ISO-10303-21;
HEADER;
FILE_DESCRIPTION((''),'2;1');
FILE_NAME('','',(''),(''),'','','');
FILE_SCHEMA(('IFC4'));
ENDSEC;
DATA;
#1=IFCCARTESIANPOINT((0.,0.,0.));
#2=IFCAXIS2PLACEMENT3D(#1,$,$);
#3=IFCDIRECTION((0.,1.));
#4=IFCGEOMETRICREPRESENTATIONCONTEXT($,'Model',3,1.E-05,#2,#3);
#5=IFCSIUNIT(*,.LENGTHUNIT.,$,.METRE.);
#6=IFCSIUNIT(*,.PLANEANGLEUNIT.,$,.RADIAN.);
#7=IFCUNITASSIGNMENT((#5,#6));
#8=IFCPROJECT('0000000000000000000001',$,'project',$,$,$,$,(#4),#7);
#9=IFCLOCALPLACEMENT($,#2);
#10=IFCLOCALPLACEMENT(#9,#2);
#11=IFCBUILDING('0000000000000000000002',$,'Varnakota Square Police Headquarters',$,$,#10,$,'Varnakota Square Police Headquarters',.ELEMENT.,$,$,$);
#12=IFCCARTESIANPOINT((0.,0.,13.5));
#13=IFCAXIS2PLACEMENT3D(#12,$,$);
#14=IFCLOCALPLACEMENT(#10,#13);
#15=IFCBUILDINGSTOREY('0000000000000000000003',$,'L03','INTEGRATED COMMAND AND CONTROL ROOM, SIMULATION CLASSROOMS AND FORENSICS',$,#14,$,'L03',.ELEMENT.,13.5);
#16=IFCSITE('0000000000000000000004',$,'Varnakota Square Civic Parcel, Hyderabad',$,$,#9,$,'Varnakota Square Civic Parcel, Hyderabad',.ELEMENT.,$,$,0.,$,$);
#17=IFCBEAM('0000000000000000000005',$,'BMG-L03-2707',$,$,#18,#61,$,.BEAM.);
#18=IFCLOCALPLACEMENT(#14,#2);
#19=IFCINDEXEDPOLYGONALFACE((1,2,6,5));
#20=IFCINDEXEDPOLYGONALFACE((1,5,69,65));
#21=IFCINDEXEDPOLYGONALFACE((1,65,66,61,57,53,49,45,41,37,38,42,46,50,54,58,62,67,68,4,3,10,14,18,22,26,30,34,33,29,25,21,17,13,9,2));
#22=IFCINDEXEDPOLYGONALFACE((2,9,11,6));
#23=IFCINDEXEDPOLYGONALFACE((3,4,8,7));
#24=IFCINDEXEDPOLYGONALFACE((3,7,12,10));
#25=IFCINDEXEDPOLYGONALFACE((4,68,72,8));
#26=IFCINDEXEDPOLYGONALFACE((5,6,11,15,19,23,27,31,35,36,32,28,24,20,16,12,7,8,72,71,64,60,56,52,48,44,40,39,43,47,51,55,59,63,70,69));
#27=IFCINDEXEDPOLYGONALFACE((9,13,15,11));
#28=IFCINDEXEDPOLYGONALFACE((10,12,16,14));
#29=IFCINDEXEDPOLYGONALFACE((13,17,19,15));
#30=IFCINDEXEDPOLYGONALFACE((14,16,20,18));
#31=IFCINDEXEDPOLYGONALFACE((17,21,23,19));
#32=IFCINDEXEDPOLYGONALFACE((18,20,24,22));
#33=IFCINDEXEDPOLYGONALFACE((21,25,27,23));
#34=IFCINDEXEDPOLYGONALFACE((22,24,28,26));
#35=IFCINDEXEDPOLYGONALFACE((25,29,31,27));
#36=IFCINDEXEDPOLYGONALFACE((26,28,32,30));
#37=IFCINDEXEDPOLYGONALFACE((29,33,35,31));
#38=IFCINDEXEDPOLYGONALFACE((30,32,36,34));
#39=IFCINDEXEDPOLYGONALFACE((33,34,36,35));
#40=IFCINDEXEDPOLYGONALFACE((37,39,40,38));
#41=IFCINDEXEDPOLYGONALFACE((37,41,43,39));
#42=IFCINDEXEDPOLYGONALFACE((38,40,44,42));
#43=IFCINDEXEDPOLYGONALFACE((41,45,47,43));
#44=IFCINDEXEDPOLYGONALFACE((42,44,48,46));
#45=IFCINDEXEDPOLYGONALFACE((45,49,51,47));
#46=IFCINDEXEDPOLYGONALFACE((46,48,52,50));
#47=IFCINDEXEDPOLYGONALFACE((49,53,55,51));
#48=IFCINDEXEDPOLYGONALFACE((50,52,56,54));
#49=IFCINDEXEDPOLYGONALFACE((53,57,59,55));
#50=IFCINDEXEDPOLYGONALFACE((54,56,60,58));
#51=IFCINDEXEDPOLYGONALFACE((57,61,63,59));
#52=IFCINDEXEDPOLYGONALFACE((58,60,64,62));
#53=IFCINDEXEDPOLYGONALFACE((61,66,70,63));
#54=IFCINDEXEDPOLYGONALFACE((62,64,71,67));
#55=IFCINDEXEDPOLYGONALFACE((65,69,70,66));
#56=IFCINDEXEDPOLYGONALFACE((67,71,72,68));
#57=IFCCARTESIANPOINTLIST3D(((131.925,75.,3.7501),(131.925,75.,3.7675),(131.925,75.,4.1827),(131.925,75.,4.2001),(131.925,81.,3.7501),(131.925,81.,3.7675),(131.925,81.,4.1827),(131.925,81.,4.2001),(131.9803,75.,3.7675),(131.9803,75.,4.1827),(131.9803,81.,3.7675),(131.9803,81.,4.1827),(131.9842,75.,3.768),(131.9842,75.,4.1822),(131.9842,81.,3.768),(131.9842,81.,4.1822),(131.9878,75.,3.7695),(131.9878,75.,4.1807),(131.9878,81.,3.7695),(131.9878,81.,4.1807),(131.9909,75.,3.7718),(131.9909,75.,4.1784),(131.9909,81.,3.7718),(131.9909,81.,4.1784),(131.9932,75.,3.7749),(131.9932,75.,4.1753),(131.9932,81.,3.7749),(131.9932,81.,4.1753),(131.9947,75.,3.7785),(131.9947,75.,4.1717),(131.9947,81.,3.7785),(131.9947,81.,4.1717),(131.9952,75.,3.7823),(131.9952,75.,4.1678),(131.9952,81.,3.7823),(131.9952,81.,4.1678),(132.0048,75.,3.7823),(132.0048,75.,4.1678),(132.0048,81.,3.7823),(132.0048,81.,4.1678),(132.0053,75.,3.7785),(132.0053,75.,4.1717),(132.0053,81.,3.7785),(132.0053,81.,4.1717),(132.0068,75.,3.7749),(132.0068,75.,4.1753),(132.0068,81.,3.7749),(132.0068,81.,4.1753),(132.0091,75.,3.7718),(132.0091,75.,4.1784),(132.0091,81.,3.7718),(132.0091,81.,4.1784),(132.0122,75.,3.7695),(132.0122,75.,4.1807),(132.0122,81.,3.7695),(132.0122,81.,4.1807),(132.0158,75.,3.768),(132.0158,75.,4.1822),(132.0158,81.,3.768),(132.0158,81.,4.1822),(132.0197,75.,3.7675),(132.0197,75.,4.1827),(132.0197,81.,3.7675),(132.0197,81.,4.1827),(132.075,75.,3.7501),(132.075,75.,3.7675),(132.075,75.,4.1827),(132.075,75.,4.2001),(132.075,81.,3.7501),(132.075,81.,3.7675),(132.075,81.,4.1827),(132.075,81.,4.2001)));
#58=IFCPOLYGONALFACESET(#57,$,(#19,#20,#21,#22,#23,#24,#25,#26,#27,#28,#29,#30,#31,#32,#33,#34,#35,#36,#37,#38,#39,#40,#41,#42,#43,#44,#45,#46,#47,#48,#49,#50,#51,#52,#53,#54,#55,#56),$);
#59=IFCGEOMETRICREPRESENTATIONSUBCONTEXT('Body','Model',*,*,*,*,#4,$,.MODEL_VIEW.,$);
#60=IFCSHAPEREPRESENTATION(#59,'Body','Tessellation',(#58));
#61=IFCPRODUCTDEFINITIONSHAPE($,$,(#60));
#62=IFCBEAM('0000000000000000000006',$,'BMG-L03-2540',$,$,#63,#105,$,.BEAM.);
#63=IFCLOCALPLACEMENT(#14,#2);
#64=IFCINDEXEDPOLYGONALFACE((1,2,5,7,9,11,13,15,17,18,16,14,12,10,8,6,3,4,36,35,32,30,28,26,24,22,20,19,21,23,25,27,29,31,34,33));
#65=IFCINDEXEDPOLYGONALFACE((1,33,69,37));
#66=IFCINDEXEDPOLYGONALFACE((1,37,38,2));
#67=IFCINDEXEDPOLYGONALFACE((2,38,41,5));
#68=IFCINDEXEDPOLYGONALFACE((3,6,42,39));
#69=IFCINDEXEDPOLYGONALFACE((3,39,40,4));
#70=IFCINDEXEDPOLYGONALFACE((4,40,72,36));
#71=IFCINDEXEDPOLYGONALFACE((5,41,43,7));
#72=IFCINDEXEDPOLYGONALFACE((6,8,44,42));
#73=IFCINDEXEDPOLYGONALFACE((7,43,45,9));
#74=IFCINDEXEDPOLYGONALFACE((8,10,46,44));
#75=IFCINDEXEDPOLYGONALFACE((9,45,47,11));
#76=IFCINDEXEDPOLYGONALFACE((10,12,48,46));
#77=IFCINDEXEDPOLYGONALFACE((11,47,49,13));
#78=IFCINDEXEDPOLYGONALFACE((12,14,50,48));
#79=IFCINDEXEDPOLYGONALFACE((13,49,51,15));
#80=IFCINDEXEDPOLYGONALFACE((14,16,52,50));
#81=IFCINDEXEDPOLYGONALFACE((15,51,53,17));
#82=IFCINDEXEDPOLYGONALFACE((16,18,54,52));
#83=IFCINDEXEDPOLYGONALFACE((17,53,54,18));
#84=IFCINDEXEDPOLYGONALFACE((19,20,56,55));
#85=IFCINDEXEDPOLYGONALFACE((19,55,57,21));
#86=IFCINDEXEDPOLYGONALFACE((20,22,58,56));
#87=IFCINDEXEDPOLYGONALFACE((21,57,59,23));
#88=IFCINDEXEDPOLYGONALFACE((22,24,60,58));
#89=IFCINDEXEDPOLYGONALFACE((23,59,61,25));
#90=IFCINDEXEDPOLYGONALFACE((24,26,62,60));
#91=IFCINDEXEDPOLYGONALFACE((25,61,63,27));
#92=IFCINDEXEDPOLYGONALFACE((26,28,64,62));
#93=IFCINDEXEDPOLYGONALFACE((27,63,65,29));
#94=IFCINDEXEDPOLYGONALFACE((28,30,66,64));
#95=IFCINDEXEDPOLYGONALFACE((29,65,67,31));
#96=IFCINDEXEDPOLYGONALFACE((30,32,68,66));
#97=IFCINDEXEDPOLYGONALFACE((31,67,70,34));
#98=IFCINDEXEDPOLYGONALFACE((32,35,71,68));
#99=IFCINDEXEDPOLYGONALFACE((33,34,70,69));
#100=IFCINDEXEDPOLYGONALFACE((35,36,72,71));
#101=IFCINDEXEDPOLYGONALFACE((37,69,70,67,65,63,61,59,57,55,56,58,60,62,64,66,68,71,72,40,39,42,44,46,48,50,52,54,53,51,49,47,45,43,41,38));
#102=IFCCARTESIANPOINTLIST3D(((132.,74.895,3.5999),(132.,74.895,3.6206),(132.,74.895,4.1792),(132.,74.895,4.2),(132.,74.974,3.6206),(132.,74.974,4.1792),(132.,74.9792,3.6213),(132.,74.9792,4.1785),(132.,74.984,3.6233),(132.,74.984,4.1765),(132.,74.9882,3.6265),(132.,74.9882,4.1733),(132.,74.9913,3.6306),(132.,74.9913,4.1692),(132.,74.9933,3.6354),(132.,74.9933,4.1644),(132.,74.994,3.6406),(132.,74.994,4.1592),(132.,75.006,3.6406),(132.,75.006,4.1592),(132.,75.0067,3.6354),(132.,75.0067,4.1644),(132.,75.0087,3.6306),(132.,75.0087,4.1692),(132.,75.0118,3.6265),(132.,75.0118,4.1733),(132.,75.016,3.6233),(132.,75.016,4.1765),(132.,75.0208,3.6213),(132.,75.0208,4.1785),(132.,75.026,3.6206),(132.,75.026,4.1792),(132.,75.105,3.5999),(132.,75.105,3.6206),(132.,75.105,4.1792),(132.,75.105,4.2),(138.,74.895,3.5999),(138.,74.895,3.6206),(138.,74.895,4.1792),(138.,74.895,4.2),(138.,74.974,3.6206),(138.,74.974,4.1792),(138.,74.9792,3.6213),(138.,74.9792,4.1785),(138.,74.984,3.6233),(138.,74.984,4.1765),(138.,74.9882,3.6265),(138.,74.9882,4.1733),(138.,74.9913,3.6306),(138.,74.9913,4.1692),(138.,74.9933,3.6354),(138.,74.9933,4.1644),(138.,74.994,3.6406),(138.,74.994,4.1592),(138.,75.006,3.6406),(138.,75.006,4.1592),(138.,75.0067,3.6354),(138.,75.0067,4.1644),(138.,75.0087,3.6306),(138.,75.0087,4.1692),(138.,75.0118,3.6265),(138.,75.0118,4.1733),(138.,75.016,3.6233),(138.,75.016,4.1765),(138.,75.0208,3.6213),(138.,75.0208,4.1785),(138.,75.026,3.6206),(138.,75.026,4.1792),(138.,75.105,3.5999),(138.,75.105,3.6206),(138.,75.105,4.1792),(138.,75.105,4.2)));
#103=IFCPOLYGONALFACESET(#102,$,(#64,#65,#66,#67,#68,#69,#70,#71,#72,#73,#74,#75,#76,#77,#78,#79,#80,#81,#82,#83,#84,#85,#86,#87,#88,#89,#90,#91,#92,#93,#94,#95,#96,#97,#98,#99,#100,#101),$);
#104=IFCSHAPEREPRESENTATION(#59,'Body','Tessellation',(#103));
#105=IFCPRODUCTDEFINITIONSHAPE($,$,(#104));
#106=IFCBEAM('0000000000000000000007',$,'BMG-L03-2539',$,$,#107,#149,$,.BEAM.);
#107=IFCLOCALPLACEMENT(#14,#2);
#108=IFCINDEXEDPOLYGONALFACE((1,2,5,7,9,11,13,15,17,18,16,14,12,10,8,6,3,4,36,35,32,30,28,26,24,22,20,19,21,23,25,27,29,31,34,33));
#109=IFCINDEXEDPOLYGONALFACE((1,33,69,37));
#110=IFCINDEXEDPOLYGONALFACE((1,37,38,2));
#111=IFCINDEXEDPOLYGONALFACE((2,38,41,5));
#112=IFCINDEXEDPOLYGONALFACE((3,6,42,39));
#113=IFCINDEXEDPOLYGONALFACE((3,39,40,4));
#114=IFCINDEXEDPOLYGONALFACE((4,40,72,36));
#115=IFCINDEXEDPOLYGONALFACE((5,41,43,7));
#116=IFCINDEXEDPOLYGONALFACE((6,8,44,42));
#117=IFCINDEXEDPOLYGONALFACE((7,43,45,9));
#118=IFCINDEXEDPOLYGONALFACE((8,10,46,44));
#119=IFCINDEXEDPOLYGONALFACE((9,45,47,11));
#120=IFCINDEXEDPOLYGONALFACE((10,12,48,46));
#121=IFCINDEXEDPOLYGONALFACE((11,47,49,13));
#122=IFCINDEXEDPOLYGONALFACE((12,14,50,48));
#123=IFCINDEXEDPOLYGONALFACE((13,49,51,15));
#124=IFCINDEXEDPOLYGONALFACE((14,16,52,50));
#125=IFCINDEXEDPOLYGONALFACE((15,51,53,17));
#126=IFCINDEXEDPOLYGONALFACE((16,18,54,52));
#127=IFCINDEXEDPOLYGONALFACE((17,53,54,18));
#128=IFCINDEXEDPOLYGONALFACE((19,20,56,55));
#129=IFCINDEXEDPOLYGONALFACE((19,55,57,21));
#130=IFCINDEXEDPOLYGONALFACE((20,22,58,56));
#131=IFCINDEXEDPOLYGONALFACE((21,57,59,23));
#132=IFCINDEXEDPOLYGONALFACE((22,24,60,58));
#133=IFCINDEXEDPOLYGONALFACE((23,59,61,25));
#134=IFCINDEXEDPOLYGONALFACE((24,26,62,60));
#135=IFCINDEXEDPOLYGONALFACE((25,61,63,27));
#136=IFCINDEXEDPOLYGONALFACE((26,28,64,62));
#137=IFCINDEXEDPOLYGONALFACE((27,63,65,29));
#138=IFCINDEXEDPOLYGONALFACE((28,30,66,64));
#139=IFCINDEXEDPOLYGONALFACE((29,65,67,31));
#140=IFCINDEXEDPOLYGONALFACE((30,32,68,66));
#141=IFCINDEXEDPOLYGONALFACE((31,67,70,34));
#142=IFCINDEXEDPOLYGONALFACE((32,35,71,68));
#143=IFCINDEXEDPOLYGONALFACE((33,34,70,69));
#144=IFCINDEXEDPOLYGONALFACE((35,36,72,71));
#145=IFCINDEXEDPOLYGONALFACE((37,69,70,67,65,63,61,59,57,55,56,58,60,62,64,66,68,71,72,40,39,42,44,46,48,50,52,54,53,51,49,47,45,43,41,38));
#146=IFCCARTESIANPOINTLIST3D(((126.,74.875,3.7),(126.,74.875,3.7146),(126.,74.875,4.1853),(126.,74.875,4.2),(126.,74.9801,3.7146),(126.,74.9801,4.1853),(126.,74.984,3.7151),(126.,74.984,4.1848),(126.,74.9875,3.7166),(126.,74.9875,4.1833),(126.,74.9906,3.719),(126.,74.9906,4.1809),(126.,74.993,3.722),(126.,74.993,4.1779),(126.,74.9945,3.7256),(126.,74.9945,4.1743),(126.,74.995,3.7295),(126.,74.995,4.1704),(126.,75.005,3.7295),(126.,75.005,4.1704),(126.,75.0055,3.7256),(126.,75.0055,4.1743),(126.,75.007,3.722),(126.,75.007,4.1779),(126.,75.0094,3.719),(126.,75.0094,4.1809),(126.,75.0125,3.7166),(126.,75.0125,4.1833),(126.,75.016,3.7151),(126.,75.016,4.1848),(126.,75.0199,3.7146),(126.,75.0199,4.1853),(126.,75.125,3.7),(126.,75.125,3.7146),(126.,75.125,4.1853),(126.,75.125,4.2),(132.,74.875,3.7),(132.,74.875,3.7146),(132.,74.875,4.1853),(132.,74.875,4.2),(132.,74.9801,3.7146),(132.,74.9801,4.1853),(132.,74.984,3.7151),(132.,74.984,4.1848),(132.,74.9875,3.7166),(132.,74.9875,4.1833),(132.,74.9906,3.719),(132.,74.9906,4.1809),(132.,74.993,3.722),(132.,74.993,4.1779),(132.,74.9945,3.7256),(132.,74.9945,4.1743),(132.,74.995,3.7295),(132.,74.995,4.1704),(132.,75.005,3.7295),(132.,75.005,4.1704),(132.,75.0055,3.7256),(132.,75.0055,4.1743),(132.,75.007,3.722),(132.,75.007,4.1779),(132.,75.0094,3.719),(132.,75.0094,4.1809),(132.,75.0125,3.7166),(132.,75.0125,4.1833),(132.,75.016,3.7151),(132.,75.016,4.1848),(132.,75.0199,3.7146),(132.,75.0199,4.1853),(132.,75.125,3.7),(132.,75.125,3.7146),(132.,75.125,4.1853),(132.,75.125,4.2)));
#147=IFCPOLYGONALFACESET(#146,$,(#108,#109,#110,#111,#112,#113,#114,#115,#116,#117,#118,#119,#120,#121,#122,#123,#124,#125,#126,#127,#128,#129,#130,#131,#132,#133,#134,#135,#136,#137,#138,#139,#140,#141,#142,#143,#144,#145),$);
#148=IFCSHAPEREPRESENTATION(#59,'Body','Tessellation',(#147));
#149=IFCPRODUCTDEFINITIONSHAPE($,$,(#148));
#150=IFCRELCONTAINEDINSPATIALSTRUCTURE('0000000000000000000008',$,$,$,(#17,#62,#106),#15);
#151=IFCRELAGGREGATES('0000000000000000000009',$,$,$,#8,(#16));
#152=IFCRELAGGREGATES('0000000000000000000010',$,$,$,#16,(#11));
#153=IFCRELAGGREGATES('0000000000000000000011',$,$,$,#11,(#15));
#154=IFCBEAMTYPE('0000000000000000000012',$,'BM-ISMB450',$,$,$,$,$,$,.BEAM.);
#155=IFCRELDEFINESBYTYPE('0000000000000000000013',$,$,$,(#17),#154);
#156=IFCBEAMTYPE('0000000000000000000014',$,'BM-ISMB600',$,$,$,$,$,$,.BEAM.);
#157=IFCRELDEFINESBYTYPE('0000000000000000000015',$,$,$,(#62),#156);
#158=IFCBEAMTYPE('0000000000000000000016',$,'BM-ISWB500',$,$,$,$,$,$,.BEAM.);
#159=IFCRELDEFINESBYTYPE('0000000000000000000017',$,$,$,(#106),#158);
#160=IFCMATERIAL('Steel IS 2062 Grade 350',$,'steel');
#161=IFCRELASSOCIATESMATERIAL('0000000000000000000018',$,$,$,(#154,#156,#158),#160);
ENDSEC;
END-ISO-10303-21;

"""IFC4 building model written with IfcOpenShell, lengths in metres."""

from ifc_helpers import new_model, si_unit, direction, frame, origin, origin_2d, place, context, subcontext, project, spatial, i_section, extrude, material, material_profile, profile_set, type_object, element, save


model = new_model("IFC4")

# Units and contexts
model_context = context("Model", 3, precision=1e-05, world=origin(), true_north=direction((0.0, 1.0)))
body_context = subcontext(model_context, "Body", "Model", "MODEL_VIEW")
ifc_project = project(units=[si_unit("LENGTHUNIT", "METRE"), si_unit("PLANEANGLEUNIT", "RADIAN")], contexts=[model_context])

# Site, building, storey
site_placement = place(None, origin())
site = spatial("IfcSite", under=ifc_project, at=site_placement, Name="Varnakota Square Civic Parcel, Hyderabad", LongName="Varnakota Square Civic Parcel, Hyderabad", CompositionType="ELEMENT", RefElevation=0.0)
building_placement = place(site_placement, origin())
building = spatial("IfcBuilding", under=site, at=building_placement, Name="Varnakota Square Police Headquarters", LongName="Varnakota Square Police Headquarters", CompositionType="ELEMENT")
storey_placement = place(building_placement, frame((0.0, 0.0, 13.5)))
storey = spatial("IfcBuildingStorey", under=building, at=storey_placement, Name="L03", Description="INTEGRATED COMMAND AND CONTROL ROOM, SIMULATION CLASSROOMS AND FORENSICS", LongName="L03", CompositionType="ELEMENT", Elevation=13.5)

# Shared definitions
ifc_material_1 = material(Name="Steel IS 2062 Grade 350", Category="steel")

# Beams
ifc_material_profile_1 = material_profile(ifc_material_1, i_section(OverallWidth=0.1499, OverallDepth=0.45, WebThickness=0.0095, FlangeThickness=0.0173, FilletRadius=0.0149, at=origin_2d()), Name="ISMB 450")
ifc_profile_set_1 = profile_set([ifc_material_profile_1], Name="Steel IS 2062 Grade 350")
beam_type_1 = type_object("IfcBeamType", Name="BM-ISMB450", PredefinedType="BEAM", material=ifc_profile_set_1)
for number, where, z_axis, x_axis, name in (
    (1, (132.0, 75.0, 3.9751), (0.0, 1.0, 0.0), (-1.0, 0.0, 0.0), "BMG-L03-2707"),
):
    element("IfcBeam", number, at=place(storey_placement, frame(where, z_axis=z_axis, x_axis=x_axis)), inside=storey, type_object=beam_type_1, Name=name, PredefinedType="BEAM", context=body_context, shape_type="SweptSolid", body=[
        extrude(i_section(OverallWidth=0.1499, OverallDepth=0.45, WebThickness=0.0095, FlangeThickness=0.0173, FilletRadius=0.0149, at=origin_2d()), origin(), (0.0, 0.0, 1.0), 6.0),
    ])
ifc_material_profile_2 = material_profile(ifc_material_1, i_section(OverallWidth=0.21, OverallDepth=0.6001, WebThickness=0.012, FlangeThickness=0.0208, FilletRadius=0.02, at=origin_2d()), Name="ISMB 600")
ifc_profile_set_2 = profile_set([ifc_material_profile_2], Name="Steel IS 2062 Grade 350")
beam_type_2 = type_object("IfcBeamType", Name="BM-ISMB600", PredefinedType="BEAM", material=ifc_profile_set_2)
beam_1_placement = place(storey_placement, frame((132.0, 75.0, 3.8999), z_axis=(1.0, 0.0, 0.0), x_axis=(0.0, 1.0, 0.0)))
element("IfcBeam", 2, at=beam_1_placement, inside=storey, type_object=beam_type_2, Name="BMG-L03-2540", PredefinedType="BEAM", context=body_context, shape_type="SweptSolid", body=[
    extrude(i_section(OverallWidth=0.21, OverallDepth=0.6001, WebThickness=0.012, FlangeThickness=0.0208, FilletRadius=0.02, at=origin_2d()), origin(), (0.0, 0.0, 1.0), 6.0),
])
ifc_material_profile_3 = material_profile(ifc_material_1, i_section(OverallWidth=0.25, OverallDepth=0.5, WebThickness=0.01, FlangeThickness=0.0146, FilletRadius=0.0149, at=origin_2d()), Name="ISWB 500")
ifc_profile_set_3 = profile_set([ifc_material_profile_3], Name="Steel IS 2062 Grade 350")
beam_type_3 = type_object("IfcBeamType", Name="BM-ISWB500", PredefinedType="BEAM", material=ifc_profile_set_3)
beam_2_placement = place(storey_placement, frame((126.0, 75.0, 3.95), z_axis=(1.0, 0.0, 0.0), x_axis=(0.0, 1.0, 0.0)))
element("IfcBeam", 3, at=beam_2_placement, inside=storey, type_object=beam_type_3, Name="BMG-L03-2539", PredefinedType="BEAM", context=body_context, shape_type="SweptSolid", body=[
    extrude(i_section(OverallWidth=0.25, OverallDepth=0.5, WebThickness=0.01, FlangeThickness=0.0146, FilletRadius=0.0149, at=origin_2d()), origin(), (0.0, 0.0, 1.0), 6.0),
])

save(model, "model.ifc")
